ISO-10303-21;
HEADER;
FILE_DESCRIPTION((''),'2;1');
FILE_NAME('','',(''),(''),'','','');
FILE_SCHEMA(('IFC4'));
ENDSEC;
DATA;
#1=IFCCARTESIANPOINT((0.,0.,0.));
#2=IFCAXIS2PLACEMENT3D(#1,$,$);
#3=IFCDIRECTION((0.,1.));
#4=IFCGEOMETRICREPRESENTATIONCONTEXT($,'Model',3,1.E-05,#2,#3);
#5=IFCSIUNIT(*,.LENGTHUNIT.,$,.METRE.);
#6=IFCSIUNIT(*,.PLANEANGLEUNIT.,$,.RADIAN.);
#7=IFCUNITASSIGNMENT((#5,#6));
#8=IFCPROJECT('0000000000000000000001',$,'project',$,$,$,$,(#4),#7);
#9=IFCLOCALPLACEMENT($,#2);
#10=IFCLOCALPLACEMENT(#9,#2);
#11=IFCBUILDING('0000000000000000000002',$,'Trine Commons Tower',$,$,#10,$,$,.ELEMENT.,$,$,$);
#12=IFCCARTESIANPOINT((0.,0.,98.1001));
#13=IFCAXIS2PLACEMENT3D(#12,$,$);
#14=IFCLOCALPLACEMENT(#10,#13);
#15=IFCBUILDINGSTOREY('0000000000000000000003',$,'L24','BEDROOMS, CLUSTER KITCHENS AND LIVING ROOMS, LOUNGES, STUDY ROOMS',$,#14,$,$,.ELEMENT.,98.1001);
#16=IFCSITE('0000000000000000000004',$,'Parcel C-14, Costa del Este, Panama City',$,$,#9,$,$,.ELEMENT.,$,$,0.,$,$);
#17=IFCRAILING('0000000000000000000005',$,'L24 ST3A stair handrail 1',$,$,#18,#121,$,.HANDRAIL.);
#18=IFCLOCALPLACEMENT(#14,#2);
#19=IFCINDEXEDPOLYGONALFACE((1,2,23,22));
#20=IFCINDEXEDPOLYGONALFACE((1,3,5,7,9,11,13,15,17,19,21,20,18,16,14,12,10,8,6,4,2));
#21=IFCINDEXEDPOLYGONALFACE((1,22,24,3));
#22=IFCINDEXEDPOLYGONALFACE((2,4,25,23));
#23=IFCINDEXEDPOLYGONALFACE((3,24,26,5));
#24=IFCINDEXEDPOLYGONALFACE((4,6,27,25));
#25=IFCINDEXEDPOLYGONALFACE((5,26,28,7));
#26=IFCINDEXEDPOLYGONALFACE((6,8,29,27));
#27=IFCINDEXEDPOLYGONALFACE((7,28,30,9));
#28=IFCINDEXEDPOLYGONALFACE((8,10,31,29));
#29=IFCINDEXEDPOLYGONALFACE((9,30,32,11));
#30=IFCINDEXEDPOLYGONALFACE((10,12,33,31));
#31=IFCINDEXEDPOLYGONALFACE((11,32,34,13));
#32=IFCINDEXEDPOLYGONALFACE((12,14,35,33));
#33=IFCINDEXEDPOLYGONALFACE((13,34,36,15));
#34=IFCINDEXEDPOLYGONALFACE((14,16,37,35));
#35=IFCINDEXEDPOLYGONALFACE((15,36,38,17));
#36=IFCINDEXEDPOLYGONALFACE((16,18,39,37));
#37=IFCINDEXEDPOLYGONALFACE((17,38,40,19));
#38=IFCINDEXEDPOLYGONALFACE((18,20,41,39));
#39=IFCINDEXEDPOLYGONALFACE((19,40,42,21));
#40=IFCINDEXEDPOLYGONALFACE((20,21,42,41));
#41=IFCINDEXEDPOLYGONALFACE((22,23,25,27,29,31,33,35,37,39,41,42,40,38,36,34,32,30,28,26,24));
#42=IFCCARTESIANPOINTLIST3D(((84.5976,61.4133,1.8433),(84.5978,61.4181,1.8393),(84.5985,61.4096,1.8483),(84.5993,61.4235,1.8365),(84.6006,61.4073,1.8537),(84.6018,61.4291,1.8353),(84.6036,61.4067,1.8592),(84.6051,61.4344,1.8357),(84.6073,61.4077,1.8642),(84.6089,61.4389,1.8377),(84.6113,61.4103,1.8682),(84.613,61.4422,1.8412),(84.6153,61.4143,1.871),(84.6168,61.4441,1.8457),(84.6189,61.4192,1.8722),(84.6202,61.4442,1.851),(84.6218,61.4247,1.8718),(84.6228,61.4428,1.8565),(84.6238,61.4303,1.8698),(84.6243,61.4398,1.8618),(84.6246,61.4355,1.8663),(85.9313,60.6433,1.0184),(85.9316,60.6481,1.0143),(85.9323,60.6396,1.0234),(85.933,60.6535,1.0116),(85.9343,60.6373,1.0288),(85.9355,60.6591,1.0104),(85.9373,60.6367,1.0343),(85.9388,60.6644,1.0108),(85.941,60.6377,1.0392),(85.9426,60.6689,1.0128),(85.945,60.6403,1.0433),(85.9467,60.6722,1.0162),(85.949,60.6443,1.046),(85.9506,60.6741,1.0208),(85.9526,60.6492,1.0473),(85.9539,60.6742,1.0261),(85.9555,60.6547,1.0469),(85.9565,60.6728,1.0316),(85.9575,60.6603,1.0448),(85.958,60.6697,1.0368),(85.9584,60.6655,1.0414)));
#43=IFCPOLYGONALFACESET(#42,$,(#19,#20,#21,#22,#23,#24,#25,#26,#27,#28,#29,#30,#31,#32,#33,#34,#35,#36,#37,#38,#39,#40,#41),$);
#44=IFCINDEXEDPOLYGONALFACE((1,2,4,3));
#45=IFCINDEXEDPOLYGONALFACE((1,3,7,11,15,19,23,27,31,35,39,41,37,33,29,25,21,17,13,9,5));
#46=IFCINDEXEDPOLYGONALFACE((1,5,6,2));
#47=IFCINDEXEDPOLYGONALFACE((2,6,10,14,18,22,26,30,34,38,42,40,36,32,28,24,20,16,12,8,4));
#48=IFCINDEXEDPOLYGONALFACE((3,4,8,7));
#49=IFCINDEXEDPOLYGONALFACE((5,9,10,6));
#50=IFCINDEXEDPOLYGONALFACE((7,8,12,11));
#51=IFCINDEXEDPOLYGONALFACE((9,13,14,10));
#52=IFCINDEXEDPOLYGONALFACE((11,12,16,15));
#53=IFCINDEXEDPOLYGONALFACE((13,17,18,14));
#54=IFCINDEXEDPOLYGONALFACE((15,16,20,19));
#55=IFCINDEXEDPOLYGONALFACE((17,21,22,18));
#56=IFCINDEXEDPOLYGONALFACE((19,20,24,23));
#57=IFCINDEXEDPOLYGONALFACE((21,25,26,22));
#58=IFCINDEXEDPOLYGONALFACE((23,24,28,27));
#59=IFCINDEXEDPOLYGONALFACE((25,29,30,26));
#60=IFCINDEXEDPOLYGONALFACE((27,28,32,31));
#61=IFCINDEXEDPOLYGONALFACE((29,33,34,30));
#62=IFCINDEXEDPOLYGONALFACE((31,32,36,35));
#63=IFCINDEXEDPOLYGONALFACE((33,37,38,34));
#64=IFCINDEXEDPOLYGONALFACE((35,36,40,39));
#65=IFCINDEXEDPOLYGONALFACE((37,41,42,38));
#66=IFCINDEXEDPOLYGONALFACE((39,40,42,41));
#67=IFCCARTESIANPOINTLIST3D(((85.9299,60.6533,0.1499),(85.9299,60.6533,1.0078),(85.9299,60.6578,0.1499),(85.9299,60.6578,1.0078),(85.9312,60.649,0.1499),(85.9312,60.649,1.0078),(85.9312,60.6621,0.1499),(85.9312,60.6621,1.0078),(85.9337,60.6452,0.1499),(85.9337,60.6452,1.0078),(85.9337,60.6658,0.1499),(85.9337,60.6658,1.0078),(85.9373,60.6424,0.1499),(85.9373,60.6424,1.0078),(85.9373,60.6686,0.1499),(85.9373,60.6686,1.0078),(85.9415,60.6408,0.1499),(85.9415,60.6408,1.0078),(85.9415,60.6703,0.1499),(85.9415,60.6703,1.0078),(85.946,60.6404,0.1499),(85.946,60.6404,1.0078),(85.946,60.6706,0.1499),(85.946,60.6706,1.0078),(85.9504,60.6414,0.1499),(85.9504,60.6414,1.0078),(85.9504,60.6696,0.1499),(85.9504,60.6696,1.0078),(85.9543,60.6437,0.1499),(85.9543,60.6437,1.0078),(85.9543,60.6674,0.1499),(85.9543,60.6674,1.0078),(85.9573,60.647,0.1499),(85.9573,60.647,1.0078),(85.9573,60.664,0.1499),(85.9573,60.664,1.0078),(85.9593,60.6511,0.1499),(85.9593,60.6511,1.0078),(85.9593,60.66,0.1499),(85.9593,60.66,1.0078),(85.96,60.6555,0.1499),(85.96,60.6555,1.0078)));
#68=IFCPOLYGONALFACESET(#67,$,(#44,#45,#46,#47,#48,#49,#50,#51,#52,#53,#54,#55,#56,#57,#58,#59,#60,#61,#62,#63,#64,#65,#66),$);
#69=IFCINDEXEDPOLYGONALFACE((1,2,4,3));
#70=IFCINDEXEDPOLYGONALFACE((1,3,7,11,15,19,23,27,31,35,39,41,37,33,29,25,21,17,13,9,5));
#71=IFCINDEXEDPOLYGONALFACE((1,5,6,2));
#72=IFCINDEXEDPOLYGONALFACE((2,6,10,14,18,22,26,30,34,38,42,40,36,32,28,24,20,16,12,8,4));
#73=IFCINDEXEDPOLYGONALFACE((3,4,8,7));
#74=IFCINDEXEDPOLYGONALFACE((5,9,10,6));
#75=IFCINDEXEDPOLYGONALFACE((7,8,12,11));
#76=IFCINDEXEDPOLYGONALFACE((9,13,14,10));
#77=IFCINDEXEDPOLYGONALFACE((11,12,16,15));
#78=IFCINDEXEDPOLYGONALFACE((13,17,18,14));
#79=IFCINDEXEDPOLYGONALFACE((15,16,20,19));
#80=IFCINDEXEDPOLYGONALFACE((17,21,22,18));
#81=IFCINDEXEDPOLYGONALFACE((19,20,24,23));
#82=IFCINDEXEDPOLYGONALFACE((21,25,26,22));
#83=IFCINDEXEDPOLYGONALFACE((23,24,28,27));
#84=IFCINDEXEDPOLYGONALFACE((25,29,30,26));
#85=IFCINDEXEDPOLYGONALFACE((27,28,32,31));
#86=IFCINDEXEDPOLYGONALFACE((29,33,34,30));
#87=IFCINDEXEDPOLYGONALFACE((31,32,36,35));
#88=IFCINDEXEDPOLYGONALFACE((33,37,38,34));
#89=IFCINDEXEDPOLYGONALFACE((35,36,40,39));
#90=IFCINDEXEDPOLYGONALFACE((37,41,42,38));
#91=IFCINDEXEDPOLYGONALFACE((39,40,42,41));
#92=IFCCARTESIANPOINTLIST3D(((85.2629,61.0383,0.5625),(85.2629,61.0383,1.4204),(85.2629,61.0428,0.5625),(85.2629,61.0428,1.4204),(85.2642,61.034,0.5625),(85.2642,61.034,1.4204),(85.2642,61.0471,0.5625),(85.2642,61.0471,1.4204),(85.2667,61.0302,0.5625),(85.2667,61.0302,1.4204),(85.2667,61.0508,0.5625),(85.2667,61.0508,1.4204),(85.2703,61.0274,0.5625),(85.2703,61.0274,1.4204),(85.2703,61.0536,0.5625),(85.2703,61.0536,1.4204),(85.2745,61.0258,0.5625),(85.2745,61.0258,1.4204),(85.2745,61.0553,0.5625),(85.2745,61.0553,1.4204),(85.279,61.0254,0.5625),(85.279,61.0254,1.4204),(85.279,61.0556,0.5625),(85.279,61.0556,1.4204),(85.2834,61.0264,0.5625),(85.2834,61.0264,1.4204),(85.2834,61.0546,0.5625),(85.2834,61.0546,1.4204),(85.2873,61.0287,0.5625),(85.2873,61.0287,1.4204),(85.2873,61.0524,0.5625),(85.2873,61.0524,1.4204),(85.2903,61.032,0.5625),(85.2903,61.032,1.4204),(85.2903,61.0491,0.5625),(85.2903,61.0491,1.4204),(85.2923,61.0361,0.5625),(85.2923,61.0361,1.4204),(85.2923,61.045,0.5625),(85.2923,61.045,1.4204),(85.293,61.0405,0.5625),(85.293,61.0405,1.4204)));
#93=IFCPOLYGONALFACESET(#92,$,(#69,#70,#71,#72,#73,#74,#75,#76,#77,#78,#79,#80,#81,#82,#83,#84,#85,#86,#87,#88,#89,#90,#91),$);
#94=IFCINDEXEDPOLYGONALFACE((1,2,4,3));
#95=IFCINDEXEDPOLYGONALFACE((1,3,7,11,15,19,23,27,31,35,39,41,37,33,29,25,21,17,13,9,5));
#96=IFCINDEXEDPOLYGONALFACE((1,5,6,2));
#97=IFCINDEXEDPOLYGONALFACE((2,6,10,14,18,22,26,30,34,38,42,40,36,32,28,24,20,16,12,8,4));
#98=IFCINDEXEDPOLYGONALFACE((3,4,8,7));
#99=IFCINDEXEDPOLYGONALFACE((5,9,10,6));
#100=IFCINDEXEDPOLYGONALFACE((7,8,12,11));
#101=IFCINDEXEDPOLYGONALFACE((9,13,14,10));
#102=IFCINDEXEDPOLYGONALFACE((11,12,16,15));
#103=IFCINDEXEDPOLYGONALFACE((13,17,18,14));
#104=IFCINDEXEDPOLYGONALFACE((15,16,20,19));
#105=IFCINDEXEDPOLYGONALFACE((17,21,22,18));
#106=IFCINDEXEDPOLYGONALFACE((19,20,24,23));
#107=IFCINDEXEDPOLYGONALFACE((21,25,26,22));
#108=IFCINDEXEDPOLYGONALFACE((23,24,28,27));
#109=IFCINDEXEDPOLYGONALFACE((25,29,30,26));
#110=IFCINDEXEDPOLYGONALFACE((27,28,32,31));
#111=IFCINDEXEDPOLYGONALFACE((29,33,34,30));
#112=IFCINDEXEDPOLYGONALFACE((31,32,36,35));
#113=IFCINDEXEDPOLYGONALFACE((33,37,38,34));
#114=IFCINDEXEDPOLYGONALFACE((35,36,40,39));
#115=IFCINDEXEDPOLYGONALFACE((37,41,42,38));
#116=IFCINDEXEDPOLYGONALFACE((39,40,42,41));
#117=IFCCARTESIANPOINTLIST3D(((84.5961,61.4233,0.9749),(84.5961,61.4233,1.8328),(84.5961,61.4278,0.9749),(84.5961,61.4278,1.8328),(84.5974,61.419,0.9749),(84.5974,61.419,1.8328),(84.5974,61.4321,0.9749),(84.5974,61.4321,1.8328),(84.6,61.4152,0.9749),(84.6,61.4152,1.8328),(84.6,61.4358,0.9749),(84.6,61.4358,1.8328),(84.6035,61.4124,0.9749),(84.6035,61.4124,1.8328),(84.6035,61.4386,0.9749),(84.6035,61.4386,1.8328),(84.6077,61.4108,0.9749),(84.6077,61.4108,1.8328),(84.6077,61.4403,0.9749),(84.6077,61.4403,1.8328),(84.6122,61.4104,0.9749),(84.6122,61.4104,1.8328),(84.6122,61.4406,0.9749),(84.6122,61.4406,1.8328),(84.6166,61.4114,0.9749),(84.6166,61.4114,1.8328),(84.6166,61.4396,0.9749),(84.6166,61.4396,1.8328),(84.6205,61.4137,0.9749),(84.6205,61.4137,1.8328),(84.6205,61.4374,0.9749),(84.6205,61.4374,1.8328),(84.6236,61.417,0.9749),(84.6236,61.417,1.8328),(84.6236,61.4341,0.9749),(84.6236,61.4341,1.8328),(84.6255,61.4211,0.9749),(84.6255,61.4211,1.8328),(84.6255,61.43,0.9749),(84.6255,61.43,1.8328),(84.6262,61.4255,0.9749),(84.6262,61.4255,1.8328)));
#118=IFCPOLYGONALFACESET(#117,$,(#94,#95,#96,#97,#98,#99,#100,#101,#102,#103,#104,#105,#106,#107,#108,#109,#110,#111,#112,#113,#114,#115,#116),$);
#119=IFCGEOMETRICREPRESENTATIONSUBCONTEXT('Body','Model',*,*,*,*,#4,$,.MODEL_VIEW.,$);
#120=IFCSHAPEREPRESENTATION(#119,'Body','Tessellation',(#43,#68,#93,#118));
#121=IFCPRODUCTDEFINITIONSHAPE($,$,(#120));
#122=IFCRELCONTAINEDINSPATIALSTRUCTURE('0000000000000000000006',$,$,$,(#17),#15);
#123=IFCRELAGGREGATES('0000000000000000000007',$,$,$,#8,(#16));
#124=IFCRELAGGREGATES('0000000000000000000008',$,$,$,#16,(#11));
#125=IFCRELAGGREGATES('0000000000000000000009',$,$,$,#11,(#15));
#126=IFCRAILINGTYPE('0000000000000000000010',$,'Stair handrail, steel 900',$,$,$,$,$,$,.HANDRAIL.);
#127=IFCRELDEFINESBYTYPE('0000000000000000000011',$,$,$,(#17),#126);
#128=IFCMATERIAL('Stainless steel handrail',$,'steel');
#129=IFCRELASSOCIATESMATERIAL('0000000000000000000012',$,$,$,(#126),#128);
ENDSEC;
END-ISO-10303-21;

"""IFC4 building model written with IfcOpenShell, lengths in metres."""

from ifc_helpers import new_model, si_unit, direction, frame, origin, origin_2d, place, context, subcontext, project, spatial, circle, extrude, material, type_object, element, save


model = new_model("IFC4")

# Units and contexts
model_context = context("Model", 3, precision=1e-05, world=origin(), true_north=direction((0.0, 1.0)))
body_context = subcontext(model_context, "Body", "Model", "MODEL_VIEW")
ifc_project = project(units=[si_unit("LENGTHUNIT", "METRE"), si_unit("PLANEANGLEUNIT", "RADIAN")], contexts=[model_context])

# Site, building, storey
site_placement = place(None, origin())
site = spatial("IfcSite", under=ifc_project, at=site_placement, Name="Parcel C-14, Costa del Este, Panama City", CompositionType="ELEMENT", RefElevation=0.0)
building_placement = place(site_placement, origin())
building = spatial("IfcBuilding", under=site, at=building_placement, Name="Trine Commons Tower", CompositionType="ELEMENT")
storey_placement = place(building_placement, frame((0.0, 0.0, 98.1001)))
storey = spatial("IfcBuildingStorey", under=building, at=storey_placement, Name="L24", Description="BEDROOMS, CLUSTER KITCHENS AND LIVING ROOMS, LOUNGES, STUDY ROOMS", CompositionType="ELEMENT", Elevation=98.1001)

# Railing
ifc_material_1 = material(Name="Stainless steel handrail", Category="steel")
railing_type = type_object("IfcRailingType", Name="Stair handrail, steel 900", PredefinedType="HANDRAIL", material=ifc_material_1)
railing_placement = place(storey_placement, frame((85.9448, 60.6555, 0.1499)))
element("IfcRailing", 1, at=railing_placement, inside=storey, type_object=railing_type, Name="L24 ST3A stair handrail 1", PredefinedType="HANDRAIL", context=body_context, shape_type="SweptSolid", body=[
    extrude(circle(Radius=0.021, at=origin_2d()), frame((0.0, 0.0, 0.8789), z_axis=(-0.763405, 0.440743, 0.472185), x_axis=(-0.499992, -0.86603, 0.0)), (0.0, 0.0, 1.0), 1.7471),
    extrude(circle(Radius=0.0151, at=origin_2d()), origin(), (0.0, 0.0, 1.0), 0.8579),
    extrude(circle(Radius=0.0151, at=origin_2d()), frame((-0.667, 0.385, 0.4126)), (0.0, 0.0, 1.0), 0.8579),
    extrude(circle(Radius=0.0151, at=origin_2d()), frame((-1.3337, 0.77, 0.825)), (0.0, 0.0, 1.0), 0.8579),
])

save(model, "model.ifc")
